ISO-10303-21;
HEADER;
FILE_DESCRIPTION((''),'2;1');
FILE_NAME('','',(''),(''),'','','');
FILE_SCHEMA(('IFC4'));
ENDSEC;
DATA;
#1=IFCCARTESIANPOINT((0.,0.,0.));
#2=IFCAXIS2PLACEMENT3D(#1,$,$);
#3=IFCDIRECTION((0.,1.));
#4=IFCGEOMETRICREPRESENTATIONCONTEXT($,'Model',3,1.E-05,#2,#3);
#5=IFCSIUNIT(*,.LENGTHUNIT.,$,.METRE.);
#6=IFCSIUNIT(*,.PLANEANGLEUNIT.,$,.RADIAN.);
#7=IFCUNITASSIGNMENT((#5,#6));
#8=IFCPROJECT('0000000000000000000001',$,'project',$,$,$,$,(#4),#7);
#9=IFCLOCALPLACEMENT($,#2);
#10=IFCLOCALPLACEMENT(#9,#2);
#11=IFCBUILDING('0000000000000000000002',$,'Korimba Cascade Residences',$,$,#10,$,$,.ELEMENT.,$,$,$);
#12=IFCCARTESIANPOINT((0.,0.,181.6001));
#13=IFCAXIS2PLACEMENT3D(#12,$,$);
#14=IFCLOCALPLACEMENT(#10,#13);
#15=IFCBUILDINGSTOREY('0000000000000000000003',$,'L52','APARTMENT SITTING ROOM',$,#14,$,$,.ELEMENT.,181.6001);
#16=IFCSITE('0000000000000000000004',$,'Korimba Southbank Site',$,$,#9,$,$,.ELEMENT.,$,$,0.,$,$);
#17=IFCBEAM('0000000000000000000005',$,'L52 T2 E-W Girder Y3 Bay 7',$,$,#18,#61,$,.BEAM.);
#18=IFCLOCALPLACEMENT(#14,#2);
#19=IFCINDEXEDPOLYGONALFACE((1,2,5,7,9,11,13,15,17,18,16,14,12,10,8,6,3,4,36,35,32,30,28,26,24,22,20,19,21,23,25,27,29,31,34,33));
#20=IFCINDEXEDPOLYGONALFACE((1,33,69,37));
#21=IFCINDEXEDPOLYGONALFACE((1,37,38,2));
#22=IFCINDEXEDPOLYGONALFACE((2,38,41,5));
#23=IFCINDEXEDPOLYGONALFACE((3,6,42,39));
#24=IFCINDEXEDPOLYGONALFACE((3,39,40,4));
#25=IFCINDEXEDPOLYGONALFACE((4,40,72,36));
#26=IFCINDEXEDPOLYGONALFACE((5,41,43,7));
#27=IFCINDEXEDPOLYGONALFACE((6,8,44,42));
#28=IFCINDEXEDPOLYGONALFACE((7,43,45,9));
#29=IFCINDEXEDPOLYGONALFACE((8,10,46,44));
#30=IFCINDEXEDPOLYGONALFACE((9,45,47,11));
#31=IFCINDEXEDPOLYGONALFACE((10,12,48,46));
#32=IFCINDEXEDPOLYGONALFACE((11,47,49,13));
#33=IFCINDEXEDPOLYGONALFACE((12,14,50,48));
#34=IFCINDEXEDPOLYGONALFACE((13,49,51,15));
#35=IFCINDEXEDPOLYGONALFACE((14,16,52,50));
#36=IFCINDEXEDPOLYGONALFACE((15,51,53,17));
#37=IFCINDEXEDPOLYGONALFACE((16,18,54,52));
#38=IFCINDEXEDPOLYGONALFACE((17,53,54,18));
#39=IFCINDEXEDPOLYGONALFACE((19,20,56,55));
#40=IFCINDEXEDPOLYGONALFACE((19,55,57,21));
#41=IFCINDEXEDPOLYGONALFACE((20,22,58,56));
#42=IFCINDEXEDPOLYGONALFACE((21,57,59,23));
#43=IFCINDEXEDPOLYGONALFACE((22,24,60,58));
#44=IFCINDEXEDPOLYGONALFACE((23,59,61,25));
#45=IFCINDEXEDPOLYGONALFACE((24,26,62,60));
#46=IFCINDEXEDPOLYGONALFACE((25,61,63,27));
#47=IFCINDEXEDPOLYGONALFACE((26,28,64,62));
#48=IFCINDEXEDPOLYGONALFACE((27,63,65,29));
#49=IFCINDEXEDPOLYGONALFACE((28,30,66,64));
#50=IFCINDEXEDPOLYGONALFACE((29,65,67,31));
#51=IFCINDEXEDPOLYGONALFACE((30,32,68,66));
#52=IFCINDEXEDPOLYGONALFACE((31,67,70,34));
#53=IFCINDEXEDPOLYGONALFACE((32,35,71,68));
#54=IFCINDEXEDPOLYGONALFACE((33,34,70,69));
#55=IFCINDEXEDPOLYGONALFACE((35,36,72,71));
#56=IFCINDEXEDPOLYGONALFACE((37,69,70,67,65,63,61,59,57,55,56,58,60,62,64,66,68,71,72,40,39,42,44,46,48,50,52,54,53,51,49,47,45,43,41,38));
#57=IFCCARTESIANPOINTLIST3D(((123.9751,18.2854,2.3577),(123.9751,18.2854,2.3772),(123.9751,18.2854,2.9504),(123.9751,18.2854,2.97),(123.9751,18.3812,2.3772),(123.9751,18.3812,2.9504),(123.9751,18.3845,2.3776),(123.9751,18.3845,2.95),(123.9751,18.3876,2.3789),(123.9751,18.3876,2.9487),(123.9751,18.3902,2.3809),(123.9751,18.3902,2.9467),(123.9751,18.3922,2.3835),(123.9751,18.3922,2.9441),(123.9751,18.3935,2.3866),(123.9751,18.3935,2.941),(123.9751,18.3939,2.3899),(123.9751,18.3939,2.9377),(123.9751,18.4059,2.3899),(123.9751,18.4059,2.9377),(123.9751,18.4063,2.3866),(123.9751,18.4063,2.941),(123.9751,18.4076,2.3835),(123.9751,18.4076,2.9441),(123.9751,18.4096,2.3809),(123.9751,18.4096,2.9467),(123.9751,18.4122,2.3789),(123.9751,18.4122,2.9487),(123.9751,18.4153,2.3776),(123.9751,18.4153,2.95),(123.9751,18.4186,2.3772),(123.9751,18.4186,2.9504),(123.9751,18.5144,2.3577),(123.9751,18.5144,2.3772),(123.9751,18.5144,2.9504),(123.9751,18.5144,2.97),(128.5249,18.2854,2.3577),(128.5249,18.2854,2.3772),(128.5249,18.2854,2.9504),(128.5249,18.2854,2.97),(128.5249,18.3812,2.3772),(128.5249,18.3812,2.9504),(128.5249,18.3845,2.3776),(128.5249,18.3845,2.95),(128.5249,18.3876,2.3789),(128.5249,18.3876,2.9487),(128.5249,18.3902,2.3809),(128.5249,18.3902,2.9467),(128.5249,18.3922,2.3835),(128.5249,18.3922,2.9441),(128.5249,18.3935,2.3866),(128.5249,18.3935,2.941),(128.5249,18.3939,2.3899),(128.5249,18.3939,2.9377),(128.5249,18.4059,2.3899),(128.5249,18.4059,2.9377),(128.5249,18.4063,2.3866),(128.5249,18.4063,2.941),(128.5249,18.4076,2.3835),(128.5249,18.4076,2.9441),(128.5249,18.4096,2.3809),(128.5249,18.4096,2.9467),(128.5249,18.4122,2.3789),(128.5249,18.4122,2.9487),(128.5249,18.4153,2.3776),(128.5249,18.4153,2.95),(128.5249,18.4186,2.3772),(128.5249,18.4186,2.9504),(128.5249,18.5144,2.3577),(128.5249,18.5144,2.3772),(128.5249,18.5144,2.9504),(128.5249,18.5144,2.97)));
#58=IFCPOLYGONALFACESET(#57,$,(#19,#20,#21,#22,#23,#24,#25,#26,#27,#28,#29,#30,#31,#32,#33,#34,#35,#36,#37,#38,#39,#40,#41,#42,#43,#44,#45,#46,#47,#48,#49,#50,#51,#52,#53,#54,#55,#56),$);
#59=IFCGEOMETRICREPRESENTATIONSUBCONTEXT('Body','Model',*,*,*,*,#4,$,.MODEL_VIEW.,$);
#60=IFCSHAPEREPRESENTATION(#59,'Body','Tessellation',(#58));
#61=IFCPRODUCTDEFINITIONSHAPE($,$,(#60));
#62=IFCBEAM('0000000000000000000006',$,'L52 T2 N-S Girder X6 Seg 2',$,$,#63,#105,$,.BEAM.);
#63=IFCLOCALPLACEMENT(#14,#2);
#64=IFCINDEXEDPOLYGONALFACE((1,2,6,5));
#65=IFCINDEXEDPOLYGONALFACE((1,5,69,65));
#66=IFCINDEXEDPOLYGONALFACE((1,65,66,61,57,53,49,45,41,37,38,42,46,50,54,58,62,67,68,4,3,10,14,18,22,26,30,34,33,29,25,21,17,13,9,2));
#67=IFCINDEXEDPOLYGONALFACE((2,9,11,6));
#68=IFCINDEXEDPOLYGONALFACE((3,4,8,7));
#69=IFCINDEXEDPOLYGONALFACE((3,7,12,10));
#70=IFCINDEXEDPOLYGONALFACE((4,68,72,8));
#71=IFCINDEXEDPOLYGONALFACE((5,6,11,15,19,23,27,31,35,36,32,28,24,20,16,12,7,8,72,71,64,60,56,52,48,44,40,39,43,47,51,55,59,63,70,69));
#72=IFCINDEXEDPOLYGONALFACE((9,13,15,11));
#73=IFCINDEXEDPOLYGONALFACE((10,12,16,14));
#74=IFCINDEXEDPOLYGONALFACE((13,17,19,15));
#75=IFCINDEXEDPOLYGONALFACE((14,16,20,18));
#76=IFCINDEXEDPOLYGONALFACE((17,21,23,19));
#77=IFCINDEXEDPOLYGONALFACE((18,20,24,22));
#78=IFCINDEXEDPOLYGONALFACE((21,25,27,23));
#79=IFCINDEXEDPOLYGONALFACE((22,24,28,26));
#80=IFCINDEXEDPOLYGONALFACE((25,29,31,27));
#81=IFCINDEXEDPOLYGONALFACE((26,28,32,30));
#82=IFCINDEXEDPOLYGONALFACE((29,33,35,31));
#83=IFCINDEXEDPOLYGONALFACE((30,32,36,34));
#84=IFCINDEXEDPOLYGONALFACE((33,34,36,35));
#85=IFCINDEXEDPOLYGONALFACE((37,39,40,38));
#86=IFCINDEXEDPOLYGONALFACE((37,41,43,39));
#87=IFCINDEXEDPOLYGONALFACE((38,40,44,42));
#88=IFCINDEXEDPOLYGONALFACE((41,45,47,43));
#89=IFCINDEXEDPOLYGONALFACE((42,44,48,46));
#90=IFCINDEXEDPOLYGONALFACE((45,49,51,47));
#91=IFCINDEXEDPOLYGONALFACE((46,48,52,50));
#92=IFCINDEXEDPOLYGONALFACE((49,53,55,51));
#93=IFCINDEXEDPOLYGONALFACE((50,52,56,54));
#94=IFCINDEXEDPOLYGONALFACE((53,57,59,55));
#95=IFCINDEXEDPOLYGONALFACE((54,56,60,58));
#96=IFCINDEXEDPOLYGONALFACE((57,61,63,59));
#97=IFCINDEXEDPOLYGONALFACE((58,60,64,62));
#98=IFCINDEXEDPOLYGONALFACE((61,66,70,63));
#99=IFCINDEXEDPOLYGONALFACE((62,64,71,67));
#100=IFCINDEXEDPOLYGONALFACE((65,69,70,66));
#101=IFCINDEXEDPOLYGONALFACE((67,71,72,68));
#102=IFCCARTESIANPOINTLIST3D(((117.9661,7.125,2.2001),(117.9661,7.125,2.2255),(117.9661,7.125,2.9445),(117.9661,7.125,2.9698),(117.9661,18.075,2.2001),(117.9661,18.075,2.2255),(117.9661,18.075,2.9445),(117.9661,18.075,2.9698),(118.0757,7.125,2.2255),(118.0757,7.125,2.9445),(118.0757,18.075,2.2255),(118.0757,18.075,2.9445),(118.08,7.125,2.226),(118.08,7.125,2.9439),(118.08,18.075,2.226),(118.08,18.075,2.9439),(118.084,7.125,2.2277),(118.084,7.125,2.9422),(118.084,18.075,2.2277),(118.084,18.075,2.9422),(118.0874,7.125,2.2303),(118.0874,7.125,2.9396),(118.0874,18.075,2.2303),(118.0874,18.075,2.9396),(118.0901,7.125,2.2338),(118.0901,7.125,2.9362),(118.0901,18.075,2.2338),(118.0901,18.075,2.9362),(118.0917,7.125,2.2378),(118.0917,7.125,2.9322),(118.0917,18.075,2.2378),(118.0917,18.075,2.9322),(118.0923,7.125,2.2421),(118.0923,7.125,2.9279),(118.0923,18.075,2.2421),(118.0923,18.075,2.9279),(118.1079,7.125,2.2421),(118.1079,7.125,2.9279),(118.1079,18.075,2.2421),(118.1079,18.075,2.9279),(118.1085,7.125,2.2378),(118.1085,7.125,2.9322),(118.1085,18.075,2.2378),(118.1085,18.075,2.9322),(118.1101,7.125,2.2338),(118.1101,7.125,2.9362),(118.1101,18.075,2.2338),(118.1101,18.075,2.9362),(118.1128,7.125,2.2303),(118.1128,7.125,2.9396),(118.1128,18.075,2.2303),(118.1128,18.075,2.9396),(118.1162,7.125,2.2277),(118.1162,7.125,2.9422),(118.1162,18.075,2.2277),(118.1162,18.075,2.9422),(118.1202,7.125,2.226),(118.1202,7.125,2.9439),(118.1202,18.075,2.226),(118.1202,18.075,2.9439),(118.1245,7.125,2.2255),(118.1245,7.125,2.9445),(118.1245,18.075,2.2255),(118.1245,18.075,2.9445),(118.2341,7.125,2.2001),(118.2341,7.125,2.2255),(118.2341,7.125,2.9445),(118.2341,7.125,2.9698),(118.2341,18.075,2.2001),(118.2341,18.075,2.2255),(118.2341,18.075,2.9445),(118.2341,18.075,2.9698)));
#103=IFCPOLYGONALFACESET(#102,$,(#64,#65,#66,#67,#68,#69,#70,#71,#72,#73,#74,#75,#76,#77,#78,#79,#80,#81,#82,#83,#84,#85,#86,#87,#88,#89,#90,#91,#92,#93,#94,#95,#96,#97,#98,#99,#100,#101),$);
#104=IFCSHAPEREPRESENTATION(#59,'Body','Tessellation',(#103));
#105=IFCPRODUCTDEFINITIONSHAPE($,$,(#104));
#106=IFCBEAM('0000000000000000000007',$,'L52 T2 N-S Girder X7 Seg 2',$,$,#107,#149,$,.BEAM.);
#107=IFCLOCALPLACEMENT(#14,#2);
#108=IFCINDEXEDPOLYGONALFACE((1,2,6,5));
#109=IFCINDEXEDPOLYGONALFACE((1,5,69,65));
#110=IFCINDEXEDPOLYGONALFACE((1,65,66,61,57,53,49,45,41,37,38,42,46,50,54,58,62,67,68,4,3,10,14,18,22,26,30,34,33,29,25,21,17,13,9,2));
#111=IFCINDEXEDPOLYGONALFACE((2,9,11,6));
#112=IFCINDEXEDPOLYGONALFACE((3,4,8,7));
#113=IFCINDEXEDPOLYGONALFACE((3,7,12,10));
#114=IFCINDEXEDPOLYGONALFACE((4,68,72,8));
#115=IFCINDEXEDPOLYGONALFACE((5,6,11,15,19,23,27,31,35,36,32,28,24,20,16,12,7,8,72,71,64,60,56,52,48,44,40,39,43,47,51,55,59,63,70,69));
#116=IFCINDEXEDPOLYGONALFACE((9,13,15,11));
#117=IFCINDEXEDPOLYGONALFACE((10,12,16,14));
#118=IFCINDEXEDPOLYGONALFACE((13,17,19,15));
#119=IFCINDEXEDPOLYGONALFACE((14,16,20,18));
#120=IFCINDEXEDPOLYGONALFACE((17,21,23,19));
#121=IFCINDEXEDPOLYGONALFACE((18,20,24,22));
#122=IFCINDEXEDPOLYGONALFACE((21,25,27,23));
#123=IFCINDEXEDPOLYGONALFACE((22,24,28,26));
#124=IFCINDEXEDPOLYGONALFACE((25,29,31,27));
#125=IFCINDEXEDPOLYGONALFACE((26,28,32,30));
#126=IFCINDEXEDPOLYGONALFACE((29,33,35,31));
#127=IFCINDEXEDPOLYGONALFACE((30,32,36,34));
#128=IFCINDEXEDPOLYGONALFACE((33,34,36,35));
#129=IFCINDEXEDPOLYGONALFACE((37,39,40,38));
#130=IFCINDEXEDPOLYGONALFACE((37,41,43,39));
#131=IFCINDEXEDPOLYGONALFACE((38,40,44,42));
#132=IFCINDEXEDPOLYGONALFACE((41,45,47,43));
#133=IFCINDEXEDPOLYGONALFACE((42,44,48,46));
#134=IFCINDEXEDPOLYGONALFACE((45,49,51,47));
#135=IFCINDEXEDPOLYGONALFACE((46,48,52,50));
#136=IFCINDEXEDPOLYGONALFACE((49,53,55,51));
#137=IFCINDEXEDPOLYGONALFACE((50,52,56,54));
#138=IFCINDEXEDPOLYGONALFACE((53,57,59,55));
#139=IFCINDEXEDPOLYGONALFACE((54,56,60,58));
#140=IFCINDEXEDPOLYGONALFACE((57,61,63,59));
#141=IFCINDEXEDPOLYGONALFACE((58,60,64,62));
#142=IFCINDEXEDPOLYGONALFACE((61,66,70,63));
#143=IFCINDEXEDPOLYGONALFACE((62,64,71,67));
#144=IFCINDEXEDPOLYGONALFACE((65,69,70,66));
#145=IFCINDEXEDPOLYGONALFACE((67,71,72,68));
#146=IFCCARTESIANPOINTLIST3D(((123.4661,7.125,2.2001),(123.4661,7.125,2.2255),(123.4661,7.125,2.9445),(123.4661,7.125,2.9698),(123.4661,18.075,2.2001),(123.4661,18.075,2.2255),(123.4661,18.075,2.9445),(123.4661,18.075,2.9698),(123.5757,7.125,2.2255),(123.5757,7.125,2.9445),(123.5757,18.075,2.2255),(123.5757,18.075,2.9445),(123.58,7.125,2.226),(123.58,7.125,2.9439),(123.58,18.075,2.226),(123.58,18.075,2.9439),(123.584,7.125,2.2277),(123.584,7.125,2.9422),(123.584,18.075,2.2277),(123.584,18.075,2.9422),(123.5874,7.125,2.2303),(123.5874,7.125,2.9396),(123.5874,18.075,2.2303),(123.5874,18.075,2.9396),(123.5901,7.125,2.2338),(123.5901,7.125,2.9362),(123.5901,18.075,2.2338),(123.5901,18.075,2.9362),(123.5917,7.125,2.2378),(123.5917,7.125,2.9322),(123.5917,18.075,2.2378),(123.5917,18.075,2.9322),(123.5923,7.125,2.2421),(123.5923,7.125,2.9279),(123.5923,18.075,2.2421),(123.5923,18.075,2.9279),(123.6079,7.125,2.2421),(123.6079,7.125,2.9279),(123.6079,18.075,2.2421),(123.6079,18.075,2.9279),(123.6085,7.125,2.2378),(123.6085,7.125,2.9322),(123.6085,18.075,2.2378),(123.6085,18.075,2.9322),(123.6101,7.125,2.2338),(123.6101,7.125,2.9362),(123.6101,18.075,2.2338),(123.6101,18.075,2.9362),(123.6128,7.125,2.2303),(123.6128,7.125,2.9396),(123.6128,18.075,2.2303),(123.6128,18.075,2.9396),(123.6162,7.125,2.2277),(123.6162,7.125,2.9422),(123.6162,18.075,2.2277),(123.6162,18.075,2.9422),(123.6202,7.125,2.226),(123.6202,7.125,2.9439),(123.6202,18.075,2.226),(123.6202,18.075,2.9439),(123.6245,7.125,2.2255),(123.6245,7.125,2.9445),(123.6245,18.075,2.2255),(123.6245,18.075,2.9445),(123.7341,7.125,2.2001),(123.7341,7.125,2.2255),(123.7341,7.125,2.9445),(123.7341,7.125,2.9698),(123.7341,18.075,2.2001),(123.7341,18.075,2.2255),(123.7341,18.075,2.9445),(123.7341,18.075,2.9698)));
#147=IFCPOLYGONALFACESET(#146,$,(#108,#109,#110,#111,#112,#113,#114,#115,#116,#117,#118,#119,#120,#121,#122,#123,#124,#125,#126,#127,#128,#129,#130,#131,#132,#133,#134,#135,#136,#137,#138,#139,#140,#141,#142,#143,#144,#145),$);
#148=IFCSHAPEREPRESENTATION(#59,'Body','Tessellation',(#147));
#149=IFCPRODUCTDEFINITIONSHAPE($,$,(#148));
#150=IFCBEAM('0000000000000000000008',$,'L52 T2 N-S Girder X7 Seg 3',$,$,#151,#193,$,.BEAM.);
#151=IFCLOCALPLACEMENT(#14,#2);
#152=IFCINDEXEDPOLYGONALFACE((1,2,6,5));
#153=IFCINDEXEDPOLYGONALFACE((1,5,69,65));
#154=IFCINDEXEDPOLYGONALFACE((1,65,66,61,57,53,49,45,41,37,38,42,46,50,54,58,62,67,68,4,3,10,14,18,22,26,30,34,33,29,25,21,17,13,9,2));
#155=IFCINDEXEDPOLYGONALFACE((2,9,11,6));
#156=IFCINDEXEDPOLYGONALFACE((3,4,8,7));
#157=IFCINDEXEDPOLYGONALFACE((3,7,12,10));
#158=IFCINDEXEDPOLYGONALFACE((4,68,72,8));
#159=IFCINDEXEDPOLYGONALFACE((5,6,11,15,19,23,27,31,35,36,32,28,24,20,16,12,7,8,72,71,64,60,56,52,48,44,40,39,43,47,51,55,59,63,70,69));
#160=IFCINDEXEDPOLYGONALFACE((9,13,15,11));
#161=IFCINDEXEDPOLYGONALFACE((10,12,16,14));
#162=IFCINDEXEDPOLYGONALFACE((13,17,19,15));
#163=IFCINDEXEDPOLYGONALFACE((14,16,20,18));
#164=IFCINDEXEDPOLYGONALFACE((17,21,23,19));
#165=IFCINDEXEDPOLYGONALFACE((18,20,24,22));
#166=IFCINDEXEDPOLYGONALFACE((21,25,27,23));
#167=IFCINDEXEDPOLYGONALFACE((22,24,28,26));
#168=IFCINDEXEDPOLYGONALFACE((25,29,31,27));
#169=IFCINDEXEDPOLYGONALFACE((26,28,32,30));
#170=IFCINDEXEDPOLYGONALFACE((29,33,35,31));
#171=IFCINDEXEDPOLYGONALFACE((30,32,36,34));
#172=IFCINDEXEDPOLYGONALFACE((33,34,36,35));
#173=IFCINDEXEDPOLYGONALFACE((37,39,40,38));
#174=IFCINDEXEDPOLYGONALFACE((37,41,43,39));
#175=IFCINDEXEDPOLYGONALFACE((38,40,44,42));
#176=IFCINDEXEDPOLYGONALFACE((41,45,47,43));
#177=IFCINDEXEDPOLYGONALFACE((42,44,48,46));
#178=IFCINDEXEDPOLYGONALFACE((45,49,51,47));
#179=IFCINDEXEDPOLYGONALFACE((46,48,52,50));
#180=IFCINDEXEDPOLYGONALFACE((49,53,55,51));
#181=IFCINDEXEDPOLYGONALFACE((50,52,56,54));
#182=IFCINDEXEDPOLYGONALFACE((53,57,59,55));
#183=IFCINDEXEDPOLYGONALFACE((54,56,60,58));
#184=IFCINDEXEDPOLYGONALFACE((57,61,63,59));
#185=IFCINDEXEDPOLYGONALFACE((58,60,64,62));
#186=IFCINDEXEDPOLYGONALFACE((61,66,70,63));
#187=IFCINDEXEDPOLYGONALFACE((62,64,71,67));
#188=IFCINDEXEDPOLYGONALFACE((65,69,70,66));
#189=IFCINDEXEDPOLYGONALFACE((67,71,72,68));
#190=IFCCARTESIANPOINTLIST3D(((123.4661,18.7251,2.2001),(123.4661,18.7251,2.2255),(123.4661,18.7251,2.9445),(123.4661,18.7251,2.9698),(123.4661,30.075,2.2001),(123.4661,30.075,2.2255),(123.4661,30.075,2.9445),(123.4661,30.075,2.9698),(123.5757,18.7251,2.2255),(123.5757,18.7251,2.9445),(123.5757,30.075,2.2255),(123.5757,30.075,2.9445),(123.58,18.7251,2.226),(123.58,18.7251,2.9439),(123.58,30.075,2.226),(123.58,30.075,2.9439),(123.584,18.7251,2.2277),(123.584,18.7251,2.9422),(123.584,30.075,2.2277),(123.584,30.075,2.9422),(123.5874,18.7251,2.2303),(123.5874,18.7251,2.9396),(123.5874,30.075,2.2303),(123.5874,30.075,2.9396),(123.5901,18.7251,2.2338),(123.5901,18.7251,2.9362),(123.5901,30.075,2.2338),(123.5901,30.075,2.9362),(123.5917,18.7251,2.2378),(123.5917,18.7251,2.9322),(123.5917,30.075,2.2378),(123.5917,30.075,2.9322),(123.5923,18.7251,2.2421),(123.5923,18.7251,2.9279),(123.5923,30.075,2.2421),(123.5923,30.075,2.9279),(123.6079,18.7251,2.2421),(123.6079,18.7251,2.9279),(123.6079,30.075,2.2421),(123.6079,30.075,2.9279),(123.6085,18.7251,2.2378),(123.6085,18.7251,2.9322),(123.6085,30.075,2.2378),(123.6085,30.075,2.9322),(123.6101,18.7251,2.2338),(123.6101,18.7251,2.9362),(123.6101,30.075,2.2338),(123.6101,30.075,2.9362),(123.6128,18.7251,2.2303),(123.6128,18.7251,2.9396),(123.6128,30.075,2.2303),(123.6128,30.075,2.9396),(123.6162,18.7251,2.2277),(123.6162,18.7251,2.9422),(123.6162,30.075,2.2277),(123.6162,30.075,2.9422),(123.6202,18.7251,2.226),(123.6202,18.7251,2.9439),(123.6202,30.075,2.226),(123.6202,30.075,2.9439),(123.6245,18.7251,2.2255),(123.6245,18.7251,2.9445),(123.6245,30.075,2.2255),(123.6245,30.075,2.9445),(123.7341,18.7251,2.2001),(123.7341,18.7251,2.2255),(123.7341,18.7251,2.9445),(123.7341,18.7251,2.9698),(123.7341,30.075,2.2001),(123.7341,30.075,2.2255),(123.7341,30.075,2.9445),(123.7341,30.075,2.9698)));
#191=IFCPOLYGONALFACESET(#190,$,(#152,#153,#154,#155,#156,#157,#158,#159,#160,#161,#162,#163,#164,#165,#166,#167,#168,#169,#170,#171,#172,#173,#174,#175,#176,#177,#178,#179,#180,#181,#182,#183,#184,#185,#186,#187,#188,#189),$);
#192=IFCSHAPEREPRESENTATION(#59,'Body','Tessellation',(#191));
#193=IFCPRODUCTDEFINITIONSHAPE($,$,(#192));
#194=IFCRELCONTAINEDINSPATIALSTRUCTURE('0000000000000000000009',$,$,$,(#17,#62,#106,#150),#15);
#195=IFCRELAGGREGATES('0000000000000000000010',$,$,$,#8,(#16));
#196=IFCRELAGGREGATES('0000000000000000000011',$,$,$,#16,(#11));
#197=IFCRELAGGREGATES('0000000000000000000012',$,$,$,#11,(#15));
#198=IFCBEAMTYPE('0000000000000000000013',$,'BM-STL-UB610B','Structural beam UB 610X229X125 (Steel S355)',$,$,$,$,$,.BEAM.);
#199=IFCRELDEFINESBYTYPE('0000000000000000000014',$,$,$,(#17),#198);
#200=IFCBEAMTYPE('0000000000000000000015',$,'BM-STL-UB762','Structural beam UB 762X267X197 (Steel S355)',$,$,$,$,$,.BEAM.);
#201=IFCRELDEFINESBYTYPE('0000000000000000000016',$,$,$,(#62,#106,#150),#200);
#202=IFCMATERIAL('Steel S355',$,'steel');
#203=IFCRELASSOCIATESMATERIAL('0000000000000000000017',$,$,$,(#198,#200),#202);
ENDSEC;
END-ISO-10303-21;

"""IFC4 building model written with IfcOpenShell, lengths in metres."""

from ifc_helpers import new_model, si_unit, direction, frame, origin, origin_2d, place, context, subcontext, project, spatial, i_section, extrude, material, material_profile, profile_set, type_object, element, save


model = new_model("IFC4")

# Units and contexts
model_context = context("Model", 3, precision=1e-05, world=origin(), true_north=direction((0.0, 1.0)))
body_context = subcontext(model_context, "Body", "Model", "MODEL_VIEW")
ifc_project = project(units=[si_unit("LENGTHUNIT", "METRE"), si_unit("PLANEANGLEUNIT", "RADIAN")], contexts=[model_context])

# Site, building, storey
site_placement = place(None, origin())
site = spatial("IfcSite", under=ifc_project, at=site_placement, Name="Korimba Southbank Site", CompositionType="ELEMENT", RefElevation=0.0)
building_placement = place(site_placement, origin())
building = spatial("IfcBuilding", under=site, at=building_placement, Name="Korimba Cascade Residences", CompositionType="ELEMENT")
storey_placement = place(building_placement, frame((0.0, 0.0, 181.6001)))
storey = spatial("IfcBuildingStorey", under=building, at=storey_placement, Name="L52", Description="APARTMENT SITTING ROOM", CompositionType="ELEMENT", Elevation=181.6001)

# Beams
ifc_material_1 = material(Name="Steel S355", Category="steel")
ifc_material_profile_1 = material_profile(ifc_material_1, i_section(OverallWidth=0.229, OverallDepth=0.6123, WebThickness=0.012, FlangeThickness=0.0195, FilletRadius=0.0127, at=origin_2d()), Name="Steel S355")
ifc_profile_set_1 = profile_set([ifc_material_profile_1], Name="Steel S355")
beam_type_1 = type_object("IfcBeamType", Name="BM-STL-UB610B", Description="Structural beam UB 610X229X125 (Steel S355)", PredefinedType="BEAM", material=ifc_profile_set_1)
beam_1_placement = place(storey_placement, frame((123.9751, 18.3999, 2.6638), z_axis=(1.0, 0.0, 0.0), x_axis=(0.0, 1.0, 0.0)))
element("IfcBeam", 1, at=beam_1_placement, inside=storey, type_object=beam_type_1, Name="L52 T2 E-W Girder Y3 Bay 7", PredefinedType="BEAM", context=body_context, shape_type="SweptSolid", body=[
    extrude(i_section(OverallWidth=0.229, OverallDepth=0.6123, WebThickness=0.012, FlangeThickness=0.0195, FilletRadius=0.0127, at=origin_2d()), origin(), (0.0, 0.0, 1.0), 4.5498),
])
ifc_material_profile_2 = material_profile(ifc_material_1, i_section(OverallWidth=0.2681, OverallDepth=0.7698, WebThickness=0.0156, FlangeThickness=0.0254, FilletRadius=0.0166, at=origin_2d()), Name="Steel S355")
ifc_profile_set_2 = profile_set([ifc_material_profile_2], Name="Steel S355")
beam_type_2 = type_object("IfcBeamType", Name="BM-STL-UB762", Description="Structural beam UB 762X267X197 (Steel S355)", PredefinedType="BEAM", material=ifc_profile_set_2)
for number, where, z_axis, x_axis, name in (
    (2, (118.1001, 7.125, 2.585), (0.0, 1.0, 0.0), (-1.0, 0.0, 0.0), "L52 T2 N-S Girder X6 Seg 2"),
    (3, (123.6001, 7.125, 2.585), (0.0, 1.0, 0.0), (-1.0, 0.0, 0.0), "L52 T2 N-S Girder X7 Seg 2"),
):
    element("IfcBeam", number, at=place(storey_placement, frame(where, z_axis=z_axis, x_axis=x_axis)), inside=storey, type_object=beam_type_2, Name=name, PredefinedType="BEAM", context=body_context, shape_type="SweptSolid", body=[
        extrude(i_section(OverallWidth=0.2681, OverallDepth=0.7698, WebThickness=0.0156, FlangeThickness=0.0254, FilletRadius=0.0166, at=origin_2d()), origin(), (0.0, 0.0, 1.0), 10.95),
    ])
beam_2_placement = place(storey_placement, frame((123.6001, 18.7251, 2.585), z_axis=(0.0, 1.0, 0.0), x_axis=(-1.0, 0.0, 0.0)))
element("IfcBeam", 4, at=beam_2_placement, inside=storey, type_object=beam_type_2, Name="L52 T2 N-S Girder X7 Seg 3", PredefinedType="BEAM", context=body_context, shape_type="SweptSolid", body=[
    extrude(i_section(OverallWidth=0.2681, OverallDepth=0.7698, WebThickness=0.0156, FlangeThickness=0.0254, FilletRadius=0.0166, at=origin_2d()), origin(), (0.0, 0.0, 1.0), 11.3499),
])

save(model, "model.ifc")
